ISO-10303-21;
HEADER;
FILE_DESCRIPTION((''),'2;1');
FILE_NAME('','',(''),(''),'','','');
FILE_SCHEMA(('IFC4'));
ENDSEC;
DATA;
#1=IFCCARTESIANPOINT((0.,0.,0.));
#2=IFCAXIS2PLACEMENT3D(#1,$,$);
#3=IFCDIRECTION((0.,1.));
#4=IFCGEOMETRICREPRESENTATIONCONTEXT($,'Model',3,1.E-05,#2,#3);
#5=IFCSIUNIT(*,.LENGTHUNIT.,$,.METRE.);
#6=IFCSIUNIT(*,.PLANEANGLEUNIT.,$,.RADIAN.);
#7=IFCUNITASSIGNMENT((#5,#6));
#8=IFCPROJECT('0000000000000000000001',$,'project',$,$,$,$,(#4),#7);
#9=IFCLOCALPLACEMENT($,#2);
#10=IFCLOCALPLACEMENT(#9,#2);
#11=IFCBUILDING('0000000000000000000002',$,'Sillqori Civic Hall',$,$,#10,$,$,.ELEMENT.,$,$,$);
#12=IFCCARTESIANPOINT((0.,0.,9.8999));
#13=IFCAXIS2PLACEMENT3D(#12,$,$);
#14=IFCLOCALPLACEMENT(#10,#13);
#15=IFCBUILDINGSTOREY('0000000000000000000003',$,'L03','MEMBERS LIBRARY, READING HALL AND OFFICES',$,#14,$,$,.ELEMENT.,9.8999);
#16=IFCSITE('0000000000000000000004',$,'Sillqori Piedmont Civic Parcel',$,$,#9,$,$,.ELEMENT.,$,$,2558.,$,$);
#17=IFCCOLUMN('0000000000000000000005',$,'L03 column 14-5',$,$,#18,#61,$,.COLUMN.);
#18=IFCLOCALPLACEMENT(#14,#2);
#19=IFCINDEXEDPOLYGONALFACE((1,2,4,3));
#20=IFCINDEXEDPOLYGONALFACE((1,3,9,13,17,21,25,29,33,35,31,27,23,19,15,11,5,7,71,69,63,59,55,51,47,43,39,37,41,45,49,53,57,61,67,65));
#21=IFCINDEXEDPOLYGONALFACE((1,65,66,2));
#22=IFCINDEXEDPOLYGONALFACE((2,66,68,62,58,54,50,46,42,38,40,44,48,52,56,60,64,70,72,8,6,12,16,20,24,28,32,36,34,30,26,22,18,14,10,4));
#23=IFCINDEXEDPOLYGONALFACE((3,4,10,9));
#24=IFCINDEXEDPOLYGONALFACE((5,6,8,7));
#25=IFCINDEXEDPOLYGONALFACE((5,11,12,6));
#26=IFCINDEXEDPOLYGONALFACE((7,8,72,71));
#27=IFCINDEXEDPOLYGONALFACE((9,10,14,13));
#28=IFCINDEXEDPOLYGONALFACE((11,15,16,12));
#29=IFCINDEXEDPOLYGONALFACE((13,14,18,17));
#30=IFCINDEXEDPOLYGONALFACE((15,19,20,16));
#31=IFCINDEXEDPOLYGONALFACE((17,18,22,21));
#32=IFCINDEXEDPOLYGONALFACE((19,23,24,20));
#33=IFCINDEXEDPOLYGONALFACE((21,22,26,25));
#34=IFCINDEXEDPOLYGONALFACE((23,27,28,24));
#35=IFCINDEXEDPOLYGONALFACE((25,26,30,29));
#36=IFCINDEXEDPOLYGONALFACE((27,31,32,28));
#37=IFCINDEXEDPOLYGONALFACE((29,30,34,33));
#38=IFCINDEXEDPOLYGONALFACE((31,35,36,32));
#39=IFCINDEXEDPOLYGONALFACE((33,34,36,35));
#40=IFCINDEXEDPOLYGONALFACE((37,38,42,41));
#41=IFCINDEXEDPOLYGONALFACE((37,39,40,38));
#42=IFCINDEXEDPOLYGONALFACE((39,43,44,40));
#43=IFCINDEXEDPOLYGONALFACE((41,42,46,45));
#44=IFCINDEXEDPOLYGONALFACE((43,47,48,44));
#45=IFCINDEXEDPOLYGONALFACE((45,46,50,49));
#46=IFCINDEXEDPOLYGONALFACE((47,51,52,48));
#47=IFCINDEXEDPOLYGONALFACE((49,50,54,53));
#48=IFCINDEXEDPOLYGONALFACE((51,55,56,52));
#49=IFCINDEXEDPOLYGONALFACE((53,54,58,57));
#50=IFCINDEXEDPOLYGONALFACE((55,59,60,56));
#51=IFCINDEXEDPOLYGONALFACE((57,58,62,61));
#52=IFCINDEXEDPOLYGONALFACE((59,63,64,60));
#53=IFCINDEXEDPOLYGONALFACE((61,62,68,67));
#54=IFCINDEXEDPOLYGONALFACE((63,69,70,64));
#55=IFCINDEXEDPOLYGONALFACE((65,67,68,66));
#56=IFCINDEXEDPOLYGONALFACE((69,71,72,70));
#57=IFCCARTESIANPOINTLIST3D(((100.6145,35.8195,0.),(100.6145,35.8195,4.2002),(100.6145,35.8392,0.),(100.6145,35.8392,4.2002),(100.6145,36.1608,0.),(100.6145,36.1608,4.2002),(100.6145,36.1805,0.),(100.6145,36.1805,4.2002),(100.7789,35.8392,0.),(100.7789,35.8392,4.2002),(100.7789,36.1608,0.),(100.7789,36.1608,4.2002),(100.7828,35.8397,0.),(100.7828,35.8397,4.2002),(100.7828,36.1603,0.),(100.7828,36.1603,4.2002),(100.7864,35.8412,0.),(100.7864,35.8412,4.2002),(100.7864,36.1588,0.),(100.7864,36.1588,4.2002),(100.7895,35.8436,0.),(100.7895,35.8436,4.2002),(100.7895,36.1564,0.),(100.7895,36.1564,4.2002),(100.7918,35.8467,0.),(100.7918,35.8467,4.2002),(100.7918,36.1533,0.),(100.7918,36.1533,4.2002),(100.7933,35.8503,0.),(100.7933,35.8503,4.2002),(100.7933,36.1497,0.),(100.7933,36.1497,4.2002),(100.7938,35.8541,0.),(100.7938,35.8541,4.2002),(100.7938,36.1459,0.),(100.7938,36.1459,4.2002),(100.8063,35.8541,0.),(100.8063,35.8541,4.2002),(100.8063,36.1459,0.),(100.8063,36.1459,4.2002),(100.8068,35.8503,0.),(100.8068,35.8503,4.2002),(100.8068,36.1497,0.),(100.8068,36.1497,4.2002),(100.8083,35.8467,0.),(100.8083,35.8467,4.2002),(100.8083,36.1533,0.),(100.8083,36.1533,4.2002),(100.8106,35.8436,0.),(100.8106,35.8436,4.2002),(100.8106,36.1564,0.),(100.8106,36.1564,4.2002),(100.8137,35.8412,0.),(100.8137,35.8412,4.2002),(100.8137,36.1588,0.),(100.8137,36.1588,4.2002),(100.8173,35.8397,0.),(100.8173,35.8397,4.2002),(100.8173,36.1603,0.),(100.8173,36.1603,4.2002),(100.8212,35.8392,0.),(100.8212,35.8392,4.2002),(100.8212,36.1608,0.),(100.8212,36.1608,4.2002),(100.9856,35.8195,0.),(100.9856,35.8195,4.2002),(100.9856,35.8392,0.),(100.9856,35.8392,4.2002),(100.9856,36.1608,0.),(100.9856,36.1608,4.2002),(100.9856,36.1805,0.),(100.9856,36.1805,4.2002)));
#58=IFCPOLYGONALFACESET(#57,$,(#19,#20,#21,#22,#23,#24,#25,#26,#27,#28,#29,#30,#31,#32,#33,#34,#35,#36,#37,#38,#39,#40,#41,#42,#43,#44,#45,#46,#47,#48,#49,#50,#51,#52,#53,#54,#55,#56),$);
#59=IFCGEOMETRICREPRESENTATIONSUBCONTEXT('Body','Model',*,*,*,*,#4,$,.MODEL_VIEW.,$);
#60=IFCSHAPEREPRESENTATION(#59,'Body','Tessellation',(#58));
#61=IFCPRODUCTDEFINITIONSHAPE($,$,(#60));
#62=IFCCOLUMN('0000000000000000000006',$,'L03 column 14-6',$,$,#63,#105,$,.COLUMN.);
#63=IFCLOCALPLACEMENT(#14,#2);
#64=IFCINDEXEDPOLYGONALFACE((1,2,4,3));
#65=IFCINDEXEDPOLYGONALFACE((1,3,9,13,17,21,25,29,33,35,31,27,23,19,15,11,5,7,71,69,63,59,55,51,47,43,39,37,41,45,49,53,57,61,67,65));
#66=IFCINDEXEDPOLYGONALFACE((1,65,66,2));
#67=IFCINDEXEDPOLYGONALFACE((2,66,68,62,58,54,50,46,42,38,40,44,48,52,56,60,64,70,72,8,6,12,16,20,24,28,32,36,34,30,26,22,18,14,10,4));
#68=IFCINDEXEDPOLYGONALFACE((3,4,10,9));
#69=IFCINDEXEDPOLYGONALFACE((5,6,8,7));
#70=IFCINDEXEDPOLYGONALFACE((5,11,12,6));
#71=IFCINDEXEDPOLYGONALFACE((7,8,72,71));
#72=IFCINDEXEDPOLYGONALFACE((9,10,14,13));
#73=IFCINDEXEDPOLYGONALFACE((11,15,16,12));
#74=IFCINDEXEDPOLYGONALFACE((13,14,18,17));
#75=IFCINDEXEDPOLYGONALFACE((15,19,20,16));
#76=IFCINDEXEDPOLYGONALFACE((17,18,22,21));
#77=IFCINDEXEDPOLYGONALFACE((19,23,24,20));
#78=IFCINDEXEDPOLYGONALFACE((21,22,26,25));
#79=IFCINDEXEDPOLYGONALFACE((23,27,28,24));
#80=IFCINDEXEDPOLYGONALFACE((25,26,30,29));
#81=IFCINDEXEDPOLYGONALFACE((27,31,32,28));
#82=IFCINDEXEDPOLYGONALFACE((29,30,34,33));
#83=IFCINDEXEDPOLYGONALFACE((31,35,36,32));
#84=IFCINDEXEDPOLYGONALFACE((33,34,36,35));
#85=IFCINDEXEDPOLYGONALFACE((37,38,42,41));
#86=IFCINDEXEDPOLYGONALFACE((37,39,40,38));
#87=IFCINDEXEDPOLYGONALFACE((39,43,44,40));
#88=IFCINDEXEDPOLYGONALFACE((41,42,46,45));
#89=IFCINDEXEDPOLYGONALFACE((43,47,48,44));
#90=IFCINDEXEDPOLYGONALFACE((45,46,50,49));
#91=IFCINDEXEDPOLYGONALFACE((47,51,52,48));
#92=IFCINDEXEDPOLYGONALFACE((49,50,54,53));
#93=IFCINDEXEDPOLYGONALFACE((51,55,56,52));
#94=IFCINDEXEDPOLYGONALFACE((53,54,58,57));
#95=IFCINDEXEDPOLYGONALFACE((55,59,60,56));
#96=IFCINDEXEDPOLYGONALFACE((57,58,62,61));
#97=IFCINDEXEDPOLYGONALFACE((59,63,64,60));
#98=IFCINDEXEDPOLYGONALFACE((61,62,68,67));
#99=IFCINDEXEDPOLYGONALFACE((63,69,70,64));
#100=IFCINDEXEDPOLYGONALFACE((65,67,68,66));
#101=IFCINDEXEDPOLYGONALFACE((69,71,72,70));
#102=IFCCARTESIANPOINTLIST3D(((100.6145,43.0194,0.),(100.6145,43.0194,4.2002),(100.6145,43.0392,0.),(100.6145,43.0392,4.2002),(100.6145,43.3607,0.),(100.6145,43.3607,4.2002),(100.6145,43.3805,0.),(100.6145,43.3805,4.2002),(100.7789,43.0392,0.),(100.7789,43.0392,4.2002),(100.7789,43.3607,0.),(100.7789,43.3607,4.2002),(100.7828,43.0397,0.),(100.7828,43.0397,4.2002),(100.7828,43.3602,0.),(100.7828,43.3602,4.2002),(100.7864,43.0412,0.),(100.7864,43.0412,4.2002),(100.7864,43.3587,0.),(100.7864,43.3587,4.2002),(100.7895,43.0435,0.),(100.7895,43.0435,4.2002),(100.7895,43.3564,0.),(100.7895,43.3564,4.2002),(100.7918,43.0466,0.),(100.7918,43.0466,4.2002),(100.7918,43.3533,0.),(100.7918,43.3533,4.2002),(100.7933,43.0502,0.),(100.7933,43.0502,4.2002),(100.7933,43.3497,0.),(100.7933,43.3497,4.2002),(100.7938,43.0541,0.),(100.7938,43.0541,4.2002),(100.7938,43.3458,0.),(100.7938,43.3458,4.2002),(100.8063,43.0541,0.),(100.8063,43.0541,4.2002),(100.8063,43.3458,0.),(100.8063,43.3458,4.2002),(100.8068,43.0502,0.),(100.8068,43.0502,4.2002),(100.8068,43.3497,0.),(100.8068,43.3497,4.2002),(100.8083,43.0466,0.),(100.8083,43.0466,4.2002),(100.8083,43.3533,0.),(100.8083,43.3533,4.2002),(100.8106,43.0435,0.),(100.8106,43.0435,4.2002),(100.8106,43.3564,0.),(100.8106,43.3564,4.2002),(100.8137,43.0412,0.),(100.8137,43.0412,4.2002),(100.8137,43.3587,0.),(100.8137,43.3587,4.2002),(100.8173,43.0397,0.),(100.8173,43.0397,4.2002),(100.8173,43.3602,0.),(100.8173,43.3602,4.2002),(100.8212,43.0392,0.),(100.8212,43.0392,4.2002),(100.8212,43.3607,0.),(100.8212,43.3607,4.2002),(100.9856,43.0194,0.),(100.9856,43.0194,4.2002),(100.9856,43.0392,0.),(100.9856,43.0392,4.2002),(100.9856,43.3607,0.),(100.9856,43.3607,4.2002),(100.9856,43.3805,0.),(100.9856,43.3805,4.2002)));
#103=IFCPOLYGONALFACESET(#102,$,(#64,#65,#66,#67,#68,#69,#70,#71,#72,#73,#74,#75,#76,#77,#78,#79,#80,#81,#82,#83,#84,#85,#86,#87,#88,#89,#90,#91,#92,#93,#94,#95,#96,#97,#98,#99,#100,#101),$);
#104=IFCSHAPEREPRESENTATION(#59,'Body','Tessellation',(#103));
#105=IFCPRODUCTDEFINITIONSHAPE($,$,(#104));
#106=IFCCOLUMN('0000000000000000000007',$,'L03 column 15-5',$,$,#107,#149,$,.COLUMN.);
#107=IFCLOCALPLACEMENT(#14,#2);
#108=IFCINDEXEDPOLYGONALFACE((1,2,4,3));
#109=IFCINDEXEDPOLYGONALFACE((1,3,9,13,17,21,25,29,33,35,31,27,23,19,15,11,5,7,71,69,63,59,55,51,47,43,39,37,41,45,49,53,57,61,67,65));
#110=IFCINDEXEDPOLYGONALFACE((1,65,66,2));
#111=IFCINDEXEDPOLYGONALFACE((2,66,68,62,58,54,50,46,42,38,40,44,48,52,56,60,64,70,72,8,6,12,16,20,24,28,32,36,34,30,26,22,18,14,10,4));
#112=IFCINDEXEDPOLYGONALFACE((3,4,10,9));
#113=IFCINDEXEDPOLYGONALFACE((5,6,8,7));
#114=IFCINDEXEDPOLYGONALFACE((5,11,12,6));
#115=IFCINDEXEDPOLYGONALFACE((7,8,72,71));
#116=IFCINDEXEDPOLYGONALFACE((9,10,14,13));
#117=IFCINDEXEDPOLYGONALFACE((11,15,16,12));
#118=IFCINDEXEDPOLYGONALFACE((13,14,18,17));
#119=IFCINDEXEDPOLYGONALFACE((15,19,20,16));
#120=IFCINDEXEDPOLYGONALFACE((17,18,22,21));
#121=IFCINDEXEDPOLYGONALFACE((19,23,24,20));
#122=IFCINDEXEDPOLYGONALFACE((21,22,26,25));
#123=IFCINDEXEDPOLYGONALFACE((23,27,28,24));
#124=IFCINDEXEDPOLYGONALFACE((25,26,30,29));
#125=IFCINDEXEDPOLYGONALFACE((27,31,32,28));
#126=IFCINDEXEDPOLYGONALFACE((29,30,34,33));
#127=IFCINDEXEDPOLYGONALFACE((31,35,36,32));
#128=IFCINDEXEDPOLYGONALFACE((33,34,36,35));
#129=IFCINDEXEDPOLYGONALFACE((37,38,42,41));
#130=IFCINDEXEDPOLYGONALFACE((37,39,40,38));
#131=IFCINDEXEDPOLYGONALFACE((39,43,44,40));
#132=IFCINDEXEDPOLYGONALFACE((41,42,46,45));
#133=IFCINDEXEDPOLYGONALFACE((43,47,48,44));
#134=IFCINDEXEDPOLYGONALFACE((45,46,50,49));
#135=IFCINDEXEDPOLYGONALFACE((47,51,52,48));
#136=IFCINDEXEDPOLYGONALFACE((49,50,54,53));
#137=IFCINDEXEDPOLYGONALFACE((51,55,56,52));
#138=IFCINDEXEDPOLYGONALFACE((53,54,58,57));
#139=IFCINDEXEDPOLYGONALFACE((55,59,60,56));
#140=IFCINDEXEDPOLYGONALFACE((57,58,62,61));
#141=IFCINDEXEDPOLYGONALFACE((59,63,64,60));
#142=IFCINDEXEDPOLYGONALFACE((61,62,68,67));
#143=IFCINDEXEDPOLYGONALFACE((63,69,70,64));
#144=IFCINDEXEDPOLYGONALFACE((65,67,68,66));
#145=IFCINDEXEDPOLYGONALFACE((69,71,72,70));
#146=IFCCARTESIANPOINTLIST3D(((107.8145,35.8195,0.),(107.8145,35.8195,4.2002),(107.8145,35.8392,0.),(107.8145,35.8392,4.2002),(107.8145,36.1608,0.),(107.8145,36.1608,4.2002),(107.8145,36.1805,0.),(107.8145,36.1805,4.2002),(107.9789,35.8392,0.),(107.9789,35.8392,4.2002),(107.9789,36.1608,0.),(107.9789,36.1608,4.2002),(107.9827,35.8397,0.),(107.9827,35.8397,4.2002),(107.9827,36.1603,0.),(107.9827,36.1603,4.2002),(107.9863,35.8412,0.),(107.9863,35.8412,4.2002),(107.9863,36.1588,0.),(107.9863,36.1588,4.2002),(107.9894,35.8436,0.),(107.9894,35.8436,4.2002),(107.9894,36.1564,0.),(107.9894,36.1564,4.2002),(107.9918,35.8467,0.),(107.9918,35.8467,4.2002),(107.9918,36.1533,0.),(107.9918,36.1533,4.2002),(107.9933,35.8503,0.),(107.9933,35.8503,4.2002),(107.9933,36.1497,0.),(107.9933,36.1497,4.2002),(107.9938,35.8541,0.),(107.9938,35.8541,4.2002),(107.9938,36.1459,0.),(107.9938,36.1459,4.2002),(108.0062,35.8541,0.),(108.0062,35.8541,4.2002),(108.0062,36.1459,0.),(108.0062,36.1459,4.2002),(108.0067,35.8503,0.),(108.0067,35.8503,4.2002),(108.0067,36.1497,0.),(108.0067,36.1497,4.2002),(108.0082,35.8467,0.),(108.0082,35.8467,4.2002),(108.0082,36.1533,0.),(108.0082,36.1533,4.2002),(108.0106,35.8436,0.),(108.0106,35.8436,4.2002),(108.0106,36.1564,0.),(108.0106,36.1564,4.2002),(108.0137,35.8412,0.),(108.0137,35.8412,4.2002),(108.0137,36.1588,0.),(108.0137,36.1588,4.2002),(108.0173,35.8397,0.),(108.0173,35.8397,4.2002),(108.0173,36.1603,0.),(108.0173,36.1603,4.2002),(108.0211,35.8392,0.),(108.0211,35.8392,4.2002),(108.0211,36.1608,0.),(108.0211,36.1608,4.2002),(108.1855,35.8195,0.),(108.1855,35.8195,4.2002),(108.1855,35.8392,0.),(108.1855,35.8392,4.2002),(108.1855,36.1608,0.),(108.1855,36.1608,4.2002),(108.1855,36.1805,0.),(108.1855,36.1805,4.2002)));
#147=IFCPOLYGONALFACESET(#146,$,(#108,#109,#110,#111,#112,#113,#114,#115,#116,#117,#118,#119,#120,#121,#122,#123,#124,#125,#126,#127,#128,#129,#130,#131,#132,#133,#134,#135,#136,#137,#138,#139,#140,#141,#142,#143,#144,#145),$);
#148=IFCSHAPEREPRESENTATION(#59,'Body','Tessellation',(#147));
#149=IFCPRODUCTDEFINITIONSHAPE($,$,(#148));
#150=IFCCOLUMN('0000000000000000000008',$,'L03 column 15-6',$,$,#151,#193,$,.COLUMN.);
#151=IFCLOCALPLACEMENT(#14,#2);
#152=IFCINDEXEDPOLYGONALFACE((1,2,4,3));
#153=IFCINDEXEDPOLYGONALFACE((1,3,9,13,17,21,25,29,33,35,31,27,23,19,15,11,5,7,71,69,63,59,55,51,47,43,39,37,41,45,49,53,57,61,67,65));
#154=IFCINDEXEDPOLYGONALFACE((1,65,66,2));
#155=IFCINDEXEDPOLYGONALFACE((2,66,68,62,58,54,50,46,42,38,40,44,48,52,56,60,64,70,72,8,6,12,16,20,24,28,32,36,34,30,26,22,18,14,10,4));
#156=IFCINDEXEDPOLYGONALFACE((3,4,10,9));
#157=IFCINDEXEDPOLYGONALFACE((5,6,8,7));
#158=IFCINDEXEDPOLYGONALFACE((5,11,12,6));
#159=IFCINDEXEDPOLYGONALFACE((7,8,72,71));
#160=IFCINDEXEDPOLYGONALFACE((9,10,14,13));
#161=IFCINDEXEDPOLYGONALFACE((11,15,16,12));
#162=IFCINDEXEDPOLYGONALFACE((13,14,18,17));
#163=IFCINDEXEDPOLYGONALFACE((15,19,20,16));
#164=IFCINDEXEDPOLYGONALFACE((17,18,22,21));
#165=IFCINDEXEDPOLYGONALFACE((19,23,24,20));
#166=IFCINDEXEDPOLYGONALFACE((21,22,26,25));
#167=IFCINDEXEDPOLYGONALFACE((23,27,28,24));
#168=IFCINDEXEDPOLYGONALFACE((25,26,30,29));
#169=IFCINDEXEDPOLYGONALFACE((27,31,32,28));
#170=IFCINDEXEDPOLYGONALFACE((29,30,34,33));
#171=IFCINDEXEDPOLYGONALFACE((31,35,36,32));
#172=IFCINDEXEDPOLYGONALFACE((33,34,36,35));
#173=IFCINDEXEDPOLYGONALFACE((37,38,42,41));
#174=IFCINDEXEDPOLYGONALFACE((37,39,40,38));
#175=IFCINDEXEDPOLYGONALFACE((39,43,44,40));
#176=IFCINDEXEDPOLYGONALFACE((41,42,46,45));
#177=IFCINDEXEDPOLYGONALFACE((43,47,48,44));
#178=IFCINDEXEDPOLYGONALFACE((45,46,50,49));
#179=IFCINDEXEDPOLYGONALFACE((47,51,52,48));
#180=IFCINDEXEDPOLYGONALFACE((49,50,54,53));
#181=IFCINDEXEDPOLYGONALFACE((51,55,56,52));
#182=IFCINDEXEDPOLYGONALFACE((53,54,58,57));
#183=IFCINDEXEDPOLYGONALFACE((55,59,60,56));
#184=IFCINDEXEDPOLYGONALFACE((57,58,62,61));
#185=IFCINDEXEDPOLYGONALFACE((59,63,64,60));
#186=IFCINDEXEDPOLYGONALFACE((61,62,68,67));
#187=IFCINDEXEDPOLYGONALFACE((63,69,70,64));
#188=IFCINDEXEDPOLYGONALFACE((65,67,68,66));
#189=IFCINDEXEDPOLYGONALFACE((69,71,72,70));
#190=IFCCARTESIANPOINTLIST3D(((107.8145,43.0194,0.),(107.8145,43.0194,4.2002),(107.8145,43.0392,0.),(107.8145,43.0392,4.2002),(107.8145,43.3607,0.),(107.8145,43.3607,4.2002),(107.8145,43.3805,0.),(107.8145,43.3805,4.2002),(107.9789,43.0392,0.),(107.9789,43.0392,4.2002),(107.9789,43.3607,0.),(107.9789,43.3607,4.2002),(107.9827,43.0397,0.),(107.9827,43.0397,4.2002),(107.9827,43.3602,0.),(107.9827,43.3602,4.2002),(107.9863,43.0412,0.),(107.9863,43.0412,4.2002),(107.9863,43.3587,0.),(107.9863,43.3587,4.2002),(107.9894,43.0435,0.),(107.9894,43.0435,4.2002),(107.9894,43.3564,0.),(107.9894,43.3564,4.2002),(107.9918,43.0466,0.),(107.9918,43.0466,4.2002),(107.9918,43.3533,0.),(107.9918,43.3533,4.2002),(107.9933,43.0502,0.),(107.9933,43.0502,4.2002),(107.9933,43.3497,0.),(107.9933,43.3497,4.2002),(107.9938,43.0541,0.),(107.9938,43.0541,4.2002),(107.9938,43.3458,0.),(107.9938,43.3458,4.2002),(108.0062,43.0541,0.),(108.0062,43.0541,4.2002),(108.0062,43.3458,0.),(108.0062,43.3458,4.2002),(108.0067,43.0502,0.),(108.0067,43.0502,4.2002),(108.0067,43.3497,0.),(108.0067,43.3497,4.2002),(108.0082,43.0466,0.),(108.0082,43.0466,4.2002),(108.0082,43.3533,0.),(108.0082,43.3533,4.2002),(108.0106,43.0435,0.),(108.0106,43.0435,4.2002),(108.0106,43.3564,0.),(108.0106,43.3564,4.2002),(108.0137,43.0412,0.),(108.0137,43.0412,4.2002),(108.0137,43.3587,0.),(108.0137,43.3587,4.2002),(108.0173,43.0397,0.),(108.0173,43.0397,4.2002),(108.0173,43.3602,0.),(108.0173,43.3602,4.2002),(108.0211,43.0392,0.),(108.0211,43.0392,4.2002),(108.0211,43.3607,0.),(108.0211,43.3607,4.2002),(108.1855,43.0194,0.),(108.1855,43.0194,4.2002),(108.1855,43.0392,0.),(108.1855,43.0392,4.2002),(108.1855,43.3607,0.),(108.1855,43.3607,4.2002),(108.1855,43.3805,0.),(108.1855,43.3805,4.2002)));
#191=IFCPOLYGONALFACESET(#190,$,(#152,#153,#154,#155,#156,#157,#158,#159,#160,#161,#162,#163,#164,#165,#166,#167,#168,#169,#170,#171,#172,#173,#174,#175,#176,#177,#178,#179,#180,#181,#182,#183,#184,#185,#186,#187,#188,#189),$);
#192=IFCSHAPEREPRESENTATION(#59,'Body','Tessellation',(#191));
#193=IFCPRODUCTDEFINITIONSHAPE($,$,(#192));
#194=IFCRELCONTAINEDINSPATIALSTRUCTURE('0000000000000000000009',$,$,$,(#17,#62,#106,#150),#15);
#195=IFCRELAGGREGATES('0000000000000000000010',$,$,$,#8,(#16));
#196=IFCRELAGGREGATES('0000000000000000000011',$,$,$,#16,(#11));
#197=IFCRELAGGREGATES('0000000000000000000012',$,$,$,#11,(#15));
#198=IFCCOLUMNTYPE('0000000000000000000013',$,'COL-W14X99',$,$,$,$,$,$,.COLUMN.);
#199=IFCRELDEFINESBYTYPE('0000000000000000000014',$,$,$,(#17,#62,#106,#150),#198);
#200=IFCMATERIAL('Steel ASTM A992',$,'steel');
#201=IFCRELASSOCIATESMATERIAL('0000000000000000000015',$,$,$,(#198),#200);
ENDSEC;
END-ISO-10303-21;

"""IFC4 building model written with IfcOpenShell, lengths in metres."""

from ifc_helpers import new_model, si_unit, direction, frame, origin, origin_2d, place, context, subcontext, project, spatial, i_section, extrude, material, material_profile, profile_set, type_object, element, save


model = new_model("IFC4")

# Units and contexts
model_context = context("Model", 3, precision=1e-05, world=origin(), true_north=direction((0.0, 1.0)))
body_context = subcontext(model_context, "Body", "Model", "MODEL_VIEW")
ifc_project = project(units=[si_unit("LENGTHUNIT", "METRE"), si_unit("PLANEANGLEUNIT", "RADIAN")], contexts=[model_context])

# Site, building, storey
site_placement = place(None, origin())
site = spatial("IfcSite", under=ifc_project, at=site_placement, Name="Sillqori Piedmont Civic Parcel", CompositionType="ELEMENT", RefElevation=2558.0)
building_placement = place(site_placement, origin())
building = spatial("IfcBuilding", under=site, at=building_placement, Name="Sillqori Civic Hall", CompositionType="ELEMENT")
storey_placement = place(building_placement, frame((0.0, 0.0, 9.8999)))
storey = spatial("IfcBuildingStorey", under=building, at=storey_placement, Name="L03", Description="MEMBERS LIBRARY, READING HALL AND OFFICES", CompositionType="ELEMENT", Elevation=9.8999)

# Columns
ifc_material_1 = material(Name="Steel ASTM A992", Category="steel")
ifc_material_profile_1 = material_profile(ifc_material_1, i_section(OverallWidth=0.3711, OverallDepth=0.3611, WebThickness=0.0125, FlangeThickness=0.0198, FilletRadius=0.0149, at=origin_2d()), Name="W14X99")
ifc_profile_set_1 = profile_set([ifc_material_profile_1], Name="Steel ASTM A992")
column_type = type_object("IfcColumnType", Name="COL-W14X99", PredefinedType="COLUMN", material=ifc_profile_set_1)
for number, where, z_axis, x_axis, name in (
    (1, (100.8, 36.0, 0.0), (0.0, 0.0, 1.0), (1.0, 0.0, 0.0), "L03 column 14-5"),
    (2, (100.8, 43.2, 0.0), (0.0, 0.0, 1.0), (1.0, 0.0, 0.0), "L03 column 14-6"),
    (3, (108.0, 36.0, 0.0), (0.0, 0.0, 1.0), (1.0, 0.0, 0.0), "L03 column 15-5"),
    (4, (108.0, 43.2, 0.0), (0.0, 0.0, 1.0), (1.0, 0.0, 0.0), "L03 column 15-6"),
):
    element("IfcColumn", number, at=place(storey_placement, frame(where, z_axis=z_axis, x_axis=x_axis)), inside=storey, type_object=column_type, Name=name, PredefinedType="COLUMN", context=body_context, shape_type="SweptSolid", body=[
        extrude(i_section(OverallWidth=0.3711, OverallDepth=0.3611, WebThickness=0.0125, FlangeThickness=0.0198, FilletRadius=0.0149, at=origin_2d()), origin(), (0.0, 0.0, 1.0), 4.2002),
    ])

save(model, "model.ifc")
